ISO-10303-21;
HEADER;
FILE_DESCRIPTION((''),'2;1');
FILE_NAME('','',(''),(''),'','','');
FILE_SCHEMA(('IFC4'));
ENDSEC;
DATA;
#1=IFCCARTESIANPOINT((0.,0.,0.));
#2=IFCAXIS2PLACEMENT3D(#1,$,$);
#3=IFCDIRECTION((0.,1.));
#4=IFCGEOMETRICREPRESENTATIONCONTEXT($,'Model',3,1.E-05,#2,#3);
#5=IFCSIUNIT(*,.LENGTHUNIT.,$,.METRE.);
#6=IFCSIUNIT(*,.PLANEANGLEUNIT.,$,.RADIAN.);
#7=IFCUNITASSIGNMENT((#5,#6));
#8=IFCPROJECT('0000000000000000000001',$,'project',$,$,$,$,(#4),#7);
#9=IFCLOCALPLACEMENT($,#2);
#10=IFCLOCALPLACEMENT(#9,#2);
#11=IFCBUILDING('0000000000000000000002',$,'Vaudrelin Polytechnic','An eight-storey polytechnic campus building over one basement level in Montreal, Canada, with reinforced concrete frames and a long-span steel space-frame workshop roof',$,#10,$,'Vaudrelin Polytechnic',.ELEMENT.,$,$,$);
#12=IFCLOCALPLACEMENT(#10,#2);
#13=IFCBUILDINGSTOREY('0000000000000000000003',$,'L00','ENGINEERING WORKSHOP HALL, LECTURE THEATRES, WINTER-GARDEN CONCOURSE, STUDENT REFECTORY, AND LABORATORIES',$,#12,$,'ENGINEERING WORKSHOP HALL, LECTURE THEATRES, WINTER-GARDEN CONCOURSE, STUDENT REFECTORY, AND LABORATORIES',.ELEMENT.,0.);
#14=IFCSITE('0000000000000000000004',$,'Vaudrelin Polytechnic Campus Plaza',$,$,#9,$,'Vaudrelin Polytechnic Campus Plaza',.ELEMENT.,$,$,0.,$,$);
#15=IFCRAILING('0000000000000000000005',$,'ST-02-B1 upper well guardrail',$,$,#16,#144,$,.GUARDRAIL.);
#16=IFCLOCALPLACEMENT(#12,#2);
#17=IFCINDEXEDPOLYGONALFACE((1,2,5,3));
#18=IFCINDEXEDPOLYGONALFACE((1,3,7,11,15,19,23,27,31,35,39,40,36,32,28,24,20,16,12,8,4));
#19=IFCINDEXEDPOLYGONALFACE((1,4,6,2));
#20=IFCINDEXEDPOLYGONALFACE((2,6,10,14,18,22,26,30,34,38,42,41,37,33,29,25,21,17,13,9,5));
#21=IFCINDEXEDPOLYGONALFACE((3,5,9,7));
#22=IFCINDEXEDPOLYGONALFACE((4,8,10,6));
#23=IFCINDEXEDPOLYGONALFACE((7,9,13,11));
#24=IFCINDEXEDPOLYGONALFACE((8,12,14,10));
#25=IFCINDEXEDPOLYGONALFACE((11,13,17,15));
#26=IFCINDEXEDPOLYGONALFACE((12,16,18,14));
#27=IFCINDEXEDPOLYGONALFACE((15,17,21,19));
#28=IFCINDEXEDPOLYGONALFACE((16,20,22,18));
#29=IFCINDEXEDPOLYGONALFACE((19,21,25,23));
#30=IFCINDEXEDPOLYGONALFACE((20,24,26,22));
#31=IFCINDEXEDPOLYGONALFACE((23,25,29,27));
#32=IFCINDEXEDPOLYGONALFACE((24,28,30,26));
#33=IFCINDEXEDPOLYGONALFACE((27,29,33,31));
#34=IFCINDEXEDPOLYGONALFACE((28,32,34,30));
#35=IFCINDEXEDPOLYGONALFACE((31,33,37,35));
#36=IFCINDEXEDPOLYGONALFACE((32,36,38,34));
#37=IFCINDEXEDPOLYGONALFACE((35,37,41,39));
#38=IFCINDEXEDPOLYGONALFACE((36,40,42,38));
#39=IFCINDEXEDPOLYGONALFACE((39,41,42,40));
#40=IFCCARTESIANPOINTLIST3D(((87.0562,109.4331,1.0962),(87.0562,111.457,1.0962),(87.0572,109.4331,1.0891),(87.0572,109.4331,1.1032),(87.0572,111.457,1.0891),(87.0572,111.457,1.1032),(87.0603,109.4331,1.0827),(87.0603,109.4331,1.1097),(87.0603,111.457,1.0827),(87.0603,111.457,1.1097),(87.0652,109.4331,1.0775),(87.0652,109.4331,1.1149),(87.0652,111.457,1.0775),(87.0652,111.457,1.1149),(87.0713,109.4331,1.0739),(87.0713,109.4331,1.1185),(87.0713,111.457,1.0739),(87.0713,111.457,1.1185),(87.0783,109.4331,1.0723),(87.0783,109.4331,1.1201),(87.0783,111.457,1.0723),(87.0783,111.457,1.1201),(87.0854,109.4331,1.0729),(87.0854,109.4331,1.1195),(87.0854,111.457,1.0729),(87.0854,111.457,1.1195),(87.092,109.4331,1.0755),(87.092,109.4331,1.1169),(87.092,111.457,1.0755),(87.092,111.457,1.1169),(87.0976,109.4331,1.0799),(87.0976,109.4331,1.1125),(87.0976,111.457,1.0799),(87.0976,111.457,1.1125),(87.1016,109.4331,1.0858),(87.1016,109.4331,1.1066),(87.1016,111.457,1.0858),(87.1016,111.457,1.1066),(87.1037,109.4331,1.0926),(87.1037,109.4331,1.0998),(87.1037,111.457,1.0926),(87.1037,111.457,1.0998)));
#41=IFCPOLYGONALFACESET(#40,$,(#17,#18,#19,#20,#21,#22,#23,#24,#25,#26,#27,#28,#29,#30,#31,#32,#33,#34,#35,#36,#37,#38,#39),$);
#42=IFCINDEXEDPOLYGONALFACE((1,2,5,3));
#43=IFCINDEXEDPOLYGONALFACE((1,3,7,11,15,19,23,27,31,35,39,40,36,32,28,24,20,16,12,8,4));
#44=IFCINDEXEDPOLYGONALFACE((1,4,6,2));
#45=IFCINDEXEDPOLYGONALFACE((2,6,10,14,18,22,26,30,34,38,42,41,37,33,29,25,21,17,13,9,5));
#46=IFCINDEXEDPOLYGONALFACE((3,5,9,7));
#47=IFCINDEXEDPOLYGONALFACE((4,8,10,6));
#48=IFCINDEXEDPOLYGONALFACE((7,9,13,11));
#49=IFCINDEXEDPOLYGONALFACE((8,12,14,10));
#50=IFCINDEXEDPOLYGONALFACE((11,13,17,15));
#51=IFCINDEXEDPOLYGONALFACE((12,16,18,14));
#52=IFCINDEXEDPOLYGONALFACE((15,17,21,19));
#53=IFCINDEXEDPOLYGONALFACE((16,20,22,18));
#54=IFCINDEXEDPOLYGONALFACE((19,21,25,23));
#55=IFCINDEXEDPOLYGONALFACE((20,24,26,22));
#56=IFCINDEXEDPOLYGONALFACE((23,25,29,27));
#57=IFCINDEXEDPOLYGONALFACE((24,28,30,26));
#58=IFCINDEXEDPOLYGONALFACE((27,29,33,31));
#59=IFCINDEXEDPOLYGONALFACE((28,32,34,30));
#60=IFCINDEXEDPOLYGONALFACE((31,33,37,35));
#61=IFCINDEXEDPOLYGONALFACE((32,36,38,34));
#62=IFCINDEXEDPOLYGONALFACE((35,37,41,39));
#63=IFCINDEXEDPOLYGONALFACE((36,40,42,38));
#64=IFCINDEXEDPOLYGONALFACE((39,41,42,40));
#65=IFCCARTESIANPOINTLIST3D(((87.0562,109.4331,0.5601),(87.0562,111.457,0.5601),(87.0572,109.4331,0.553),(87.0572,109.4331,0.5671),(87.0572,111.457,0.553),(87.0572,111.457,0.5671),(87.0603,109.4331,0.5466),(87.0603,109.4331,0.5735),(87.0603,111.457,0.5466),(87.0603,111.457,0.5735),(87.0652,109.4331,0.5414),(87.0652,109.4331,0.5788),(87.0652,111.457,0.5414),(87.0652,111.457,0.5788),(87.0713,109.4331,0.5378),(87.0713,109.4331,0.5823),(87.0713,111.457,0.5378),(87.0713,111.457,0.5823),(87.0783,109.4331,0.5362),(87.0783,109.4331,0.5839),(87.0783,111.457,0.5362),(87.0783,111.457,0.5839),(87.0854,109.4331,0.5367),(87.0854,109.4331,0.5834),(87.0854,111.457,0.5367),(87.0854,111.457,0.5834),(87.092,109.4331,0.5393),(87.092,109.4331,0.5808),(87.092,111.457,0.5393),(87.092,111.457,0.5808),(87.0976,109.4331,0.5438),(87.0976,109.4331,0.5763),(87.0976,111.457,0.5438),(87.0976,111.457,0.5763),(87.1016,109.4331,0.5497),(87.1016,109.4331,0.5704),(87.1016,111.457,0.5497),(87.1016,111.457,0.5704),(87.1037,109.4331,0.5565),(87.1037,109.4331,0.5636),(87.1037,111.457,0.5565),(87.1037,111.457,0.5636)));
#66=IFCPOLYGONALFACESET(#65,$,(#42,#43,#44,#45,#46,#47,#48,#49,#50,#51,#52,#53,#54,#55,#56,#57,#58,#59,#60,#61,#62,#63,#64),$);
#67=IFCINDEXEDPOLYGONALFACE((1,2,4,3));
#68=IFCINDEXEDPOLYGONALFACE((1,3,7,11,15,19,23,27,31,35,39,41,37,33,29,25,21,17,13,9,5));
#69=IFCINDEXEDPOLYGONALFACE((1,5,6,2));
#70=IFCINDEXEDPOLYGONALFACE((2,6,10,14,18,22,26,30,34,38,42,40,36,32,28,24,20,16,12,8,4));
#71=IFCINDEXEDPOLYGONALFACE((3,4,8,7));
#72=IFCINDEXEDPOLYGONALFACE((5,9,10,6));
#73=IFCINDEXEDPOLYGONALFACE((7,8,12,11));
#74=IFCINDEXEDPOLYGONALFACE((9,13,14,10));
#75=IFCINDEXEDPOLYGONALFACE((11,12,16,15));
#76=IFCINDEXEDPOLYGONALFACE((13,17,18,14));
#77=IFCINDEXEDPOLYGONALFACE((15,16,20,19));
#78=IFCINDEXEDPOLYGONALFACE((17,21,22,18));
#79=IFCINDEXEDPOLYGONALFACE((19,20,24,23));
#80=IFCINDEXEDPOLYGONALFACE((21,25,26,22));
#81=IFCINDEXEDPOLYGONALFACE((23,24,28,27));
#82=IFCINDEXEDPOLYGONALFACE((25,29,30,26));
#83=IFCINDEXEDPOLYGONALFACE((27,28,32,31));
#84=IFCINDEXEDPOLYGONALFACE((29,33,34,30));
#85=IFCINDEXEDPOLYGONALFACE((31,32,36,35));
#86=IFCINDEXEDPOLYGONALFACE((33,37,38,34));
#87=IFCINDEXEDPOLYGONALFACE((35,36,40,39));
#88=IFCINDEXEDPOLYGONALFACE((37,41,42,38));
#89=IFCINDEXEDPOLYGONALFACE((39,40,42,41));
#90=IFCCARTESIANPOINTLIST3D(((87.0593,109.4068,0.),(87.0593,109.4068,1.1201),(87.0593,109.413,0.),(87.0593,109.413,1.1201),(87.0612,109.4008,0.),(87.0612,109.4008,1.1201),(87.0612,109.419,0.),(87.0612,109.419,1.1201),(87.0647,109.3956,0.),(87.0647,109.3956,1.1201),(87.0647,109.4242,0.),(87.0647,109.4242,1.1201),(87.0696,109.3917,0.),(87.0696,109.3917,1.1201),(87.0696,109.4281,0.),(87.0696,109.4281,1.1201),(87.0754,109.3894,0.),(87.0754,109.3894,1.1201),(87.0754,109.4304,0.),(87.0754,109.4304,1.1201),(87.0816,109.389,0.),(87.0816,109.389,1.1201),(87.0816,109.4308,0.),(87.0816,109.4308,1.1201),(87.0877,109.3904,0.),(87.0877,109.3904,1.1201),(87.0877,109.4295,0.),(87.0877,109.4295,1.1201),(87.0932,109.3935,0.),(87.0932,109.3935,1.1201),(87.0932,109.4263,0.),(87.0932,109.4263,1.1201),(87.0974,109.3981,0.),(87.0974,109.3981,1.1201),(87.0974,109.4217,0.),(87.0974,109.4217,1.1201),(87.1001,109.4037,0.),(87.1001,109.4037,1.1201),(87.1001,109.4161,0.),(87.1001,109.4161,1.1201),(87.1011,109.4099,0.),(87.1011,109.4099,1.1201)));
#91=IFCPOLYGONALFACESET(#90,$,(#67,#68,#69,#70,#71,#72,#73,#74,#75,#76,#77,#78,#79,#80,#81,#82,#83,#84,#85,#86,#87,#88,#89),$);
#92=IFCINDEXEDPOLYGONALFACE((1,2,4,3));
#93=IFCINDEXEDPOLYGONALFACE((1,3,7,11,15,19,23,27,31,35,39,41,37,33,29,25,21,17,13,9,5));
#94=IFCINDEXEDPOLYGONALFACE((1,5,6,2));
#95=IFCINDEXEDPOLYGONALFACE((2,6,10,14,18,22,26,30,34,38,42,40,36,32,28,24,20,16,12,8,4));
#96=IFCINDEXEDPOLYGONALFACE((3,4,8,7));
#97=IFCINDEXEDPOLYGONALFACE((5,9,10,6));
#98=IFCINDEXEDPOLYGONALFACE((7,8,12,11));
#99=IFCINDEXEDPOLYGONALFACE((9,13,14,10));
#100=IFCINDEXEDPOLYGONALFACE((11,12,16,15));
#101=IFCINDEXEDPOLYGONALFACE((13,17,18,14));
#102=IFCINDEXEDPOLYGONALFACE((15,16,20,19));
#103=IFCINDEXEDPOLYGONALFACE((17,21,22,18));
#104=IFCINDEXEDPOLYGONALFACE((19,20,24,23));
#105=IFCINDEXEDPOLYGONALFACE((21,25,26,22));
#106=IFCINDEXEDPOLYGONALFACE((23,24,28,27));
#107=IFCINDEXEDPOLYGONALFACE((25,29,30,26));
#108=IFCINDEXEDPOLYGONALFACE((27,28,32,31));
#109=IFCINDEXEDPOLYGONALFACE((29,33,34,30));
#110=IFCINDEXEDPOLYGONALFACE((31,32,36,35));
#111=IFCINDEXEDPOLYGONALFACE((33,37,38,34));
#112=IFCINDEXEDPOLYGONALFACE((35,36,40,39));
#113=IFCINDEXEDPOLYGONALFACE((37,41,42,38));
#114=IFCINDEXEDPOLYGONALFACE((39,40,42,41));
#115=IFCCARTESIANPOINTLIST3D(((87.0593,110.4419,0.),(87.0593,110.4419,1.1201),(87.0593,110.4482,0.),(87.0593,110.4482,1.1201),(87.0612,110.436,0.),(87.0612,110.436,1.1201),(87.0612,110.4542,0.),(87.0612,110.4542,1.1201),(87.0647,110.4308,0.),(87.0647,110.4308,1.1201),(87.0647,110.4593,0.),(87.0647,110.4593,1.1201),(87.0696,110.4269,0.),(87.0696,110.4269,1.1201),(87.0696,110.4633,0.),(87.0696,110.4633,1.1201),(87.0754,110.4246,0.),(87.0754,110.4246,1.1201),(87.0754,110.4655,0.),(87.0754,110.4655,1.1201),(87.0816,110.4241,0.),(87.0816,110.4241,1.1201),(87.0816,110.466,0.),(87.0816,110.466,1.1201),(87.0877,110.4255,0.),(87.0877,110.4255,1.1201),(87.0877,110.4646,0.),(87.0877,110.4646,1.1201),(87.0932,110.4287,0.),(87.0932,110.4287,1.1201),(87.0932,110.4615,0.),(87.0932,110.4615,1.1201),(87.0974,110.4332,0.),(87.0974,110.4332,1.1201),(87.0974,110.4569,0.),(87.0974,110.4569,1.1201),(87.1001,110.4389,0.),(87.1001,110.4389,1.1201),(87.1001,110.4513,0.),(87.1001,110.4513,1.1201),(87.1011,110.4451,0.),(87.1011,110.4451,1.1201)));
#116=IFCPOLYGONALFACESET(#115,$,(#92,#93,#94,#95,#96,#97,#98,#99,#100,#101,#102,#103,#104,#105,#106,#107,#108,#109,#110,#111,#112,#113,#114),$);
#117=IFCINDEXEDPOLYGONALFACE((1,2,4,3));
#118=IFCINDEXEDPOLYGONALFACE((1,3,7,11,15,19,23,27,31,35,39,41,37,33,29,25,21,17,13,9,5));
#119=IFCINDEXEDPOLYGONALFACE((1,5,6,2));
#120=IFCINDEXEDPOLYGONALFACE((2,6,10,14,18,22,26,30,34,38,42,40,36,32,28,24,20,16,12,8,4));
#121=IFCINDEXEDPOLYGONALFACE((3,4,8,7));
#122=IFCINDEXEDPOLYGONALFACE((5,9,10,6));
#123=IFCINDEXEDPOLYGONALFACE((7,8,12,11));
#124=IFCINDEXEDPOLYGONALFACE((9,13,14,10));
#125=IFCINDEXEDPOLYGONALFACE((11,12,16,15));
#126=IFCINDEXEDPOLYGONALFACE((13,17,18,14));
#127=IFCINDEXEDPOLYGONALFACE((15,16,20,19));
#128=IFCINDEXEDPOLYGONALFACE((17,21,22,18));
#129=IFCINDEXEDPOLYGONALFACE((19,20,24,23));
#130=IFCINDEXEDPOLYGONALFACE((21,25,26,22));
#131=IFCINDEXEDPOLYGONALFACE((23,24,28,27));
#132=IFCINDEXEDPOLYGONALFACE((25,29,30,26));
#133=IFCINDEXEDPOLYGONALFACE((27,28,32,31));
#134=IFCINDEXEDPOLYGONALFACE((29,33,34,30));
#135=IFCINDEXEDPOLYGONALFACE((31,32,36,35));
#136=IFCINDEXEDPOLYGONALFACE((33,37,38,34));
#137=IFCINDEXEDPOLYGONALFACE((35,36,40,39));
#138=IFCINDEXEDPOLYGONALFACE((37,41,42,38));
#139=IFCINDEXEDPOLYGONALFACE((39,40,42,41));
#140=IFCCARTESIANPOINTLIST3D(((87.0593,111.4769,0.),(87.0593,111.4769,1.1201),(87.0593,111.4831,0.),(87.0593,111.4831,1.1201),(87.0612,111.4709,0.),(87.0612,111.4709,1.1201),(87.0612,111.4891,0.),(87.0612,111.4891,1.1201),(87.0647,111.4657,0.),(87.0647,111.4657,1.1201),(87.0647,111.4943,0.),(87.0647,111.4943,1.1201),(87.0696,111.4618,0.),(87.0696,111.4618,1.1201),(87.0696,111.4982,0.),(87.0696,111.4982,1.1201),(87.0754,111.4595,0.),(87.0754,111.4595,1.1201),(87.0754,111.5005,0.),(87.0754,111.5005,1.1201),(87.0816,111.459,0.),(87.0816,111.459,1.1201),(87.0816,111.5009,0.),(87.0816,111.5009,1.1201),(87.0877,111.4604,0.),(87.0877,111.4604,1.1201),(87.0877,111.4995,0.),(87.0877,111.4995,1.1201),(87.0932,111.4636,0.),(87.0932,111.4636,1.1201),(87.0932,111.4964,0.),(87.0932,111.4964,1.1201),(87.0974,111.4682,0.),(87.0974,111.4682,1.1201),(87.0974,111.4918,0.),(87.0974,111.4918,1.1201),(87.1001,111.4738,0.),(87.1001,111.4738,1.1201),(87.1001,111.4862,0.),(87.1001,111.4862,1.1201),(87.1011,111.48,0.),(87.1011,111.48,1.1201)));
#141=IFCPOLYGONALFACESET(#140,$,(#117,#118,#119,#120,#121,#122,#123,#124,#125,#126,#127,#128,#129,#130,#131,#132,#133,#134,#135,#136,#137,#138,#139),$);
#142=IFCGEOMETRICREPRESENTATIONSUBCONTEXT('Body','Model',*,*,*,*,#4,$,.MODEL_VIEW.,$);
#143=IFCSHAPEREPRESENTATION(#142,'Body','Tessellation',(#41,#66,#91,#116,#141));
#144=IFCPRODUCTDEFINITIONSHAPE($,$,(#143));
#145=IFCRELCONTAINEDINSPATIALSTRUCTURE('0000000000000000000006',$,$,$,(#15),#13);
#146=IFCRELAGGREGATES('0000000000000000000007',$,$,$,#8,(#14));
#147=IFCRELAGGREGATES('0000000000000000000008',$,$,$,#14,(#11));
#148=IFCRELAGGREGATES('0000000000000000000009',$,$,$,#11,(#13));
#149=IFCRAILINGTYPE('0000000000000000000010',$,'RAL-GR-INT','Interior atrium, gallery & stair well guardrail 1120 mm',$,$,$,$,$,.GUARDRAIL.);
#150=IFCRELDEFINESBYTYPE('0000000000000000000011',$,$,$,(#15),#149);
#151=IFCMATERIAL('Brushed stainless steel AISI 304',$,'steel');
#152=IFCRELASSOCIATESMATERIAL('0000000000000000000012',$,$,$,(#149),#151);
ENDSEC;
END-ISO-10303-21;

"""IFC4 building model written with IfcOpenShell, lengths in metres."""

from ifc_helpers import new_model, si_unit, direction, frame, origin, origin_2d, place, context, subcontext, project, spatial, circle, extrude, material, type_object, element, save


model = new_model("IFC4")

# Units and contexts
model_context = context("Model", 3, precision=1e-05, world=origin(), true_north=direction((0.0, 1.0)))
body_context = subcontext(model_context, "Body", "Model", "MODEL_VIEW")
ifc_project = project(units=[si_unit("LENGTHUNIT", "METRE"), si_unit("PLANEANGLEUNIT", "RADIAN")], contexts=[model_context])

# Site, building, storey
site_placement = place(None, origin())
site = spatial("IfcSite", under=ifc_project, at=site_placement, Name="Vaudrelin Polytechnic Campus Plaza", LongName="Vaudrelin Polytechnic Campus Plaza", CompositionType="ELEMENT", RefElevation=0.0)
building_placement = place(site_placement, origin())
building = spatial("IfcBuilding", under=site, at=building_placement, Name="Vaudrelin Polytechnic", Description="An eight-storey polytechnic campus building over one basement level in Montreal, Canada, with reinforced concrete frames and a long-span steel space-frame workshop roof", LongName="Vaudrelin Polytechnic", CompositionType="ELEMENT")
storey_placement = place(building_placement, origin())
storey = spatial("IfcBuildingStorey", under=building, at=storey_placement, Name="L00", Description="ENGINEERING WORKSHOP HALL, LECTURE THEATRES, WINTER-GARDEN CONCOURSE, STUDENT REFECTORY, AND LABORATORIES", LongName="ENGINEERING WORKSHOP HALL, LECTURE THEATRES, WINTER-GARDEN CONCOURSE, STUDENT REFECTORY, AND LABORATORIES", CompositionType="ELEMENT", Elevation=0.0)

# Shared definitions
ifc_material_1 = material(Name="Brushed stainless steel AISI 304", Category="steel")

# Railing
railing_type_1 = type_object("IfcRailingType", Name="RAL-GR-INT", Description="Interior atrium, gallery & stair well guardrail 1120 mm", PredefinedType="GUARDRAIL", material=ifc_material_1)
railing_1_placement = place(storey_placement, frame((87.0801, 109.4099, 0.0)))
element("IfcRailing", 1, at=railing_1_placement, inside=storey, type_object=railing_type_1, Name="ST-02-B1 upper well guardrail", PredefinedType="GUARDRAIL", context=body_context, shape_type="SweptSolid", body=[
    extrude(circle(Radius=0.0239, at=origin_2d()), frame((0.0, 0.0232, 1.0962), z_axis=(0.0, 1.0, 0.0), x_axis=(-1.0, 0.0, 0.0)), (0.0, 0.0, 1.0), 2.0239),
    extrude(circle(Radius=0.0239, at=origin_2d()), frame((0.0, 0.0232, 0.5601), z_axis=(0.0, 1.0, 0.0), x_axis=(-1.0, 0.0, 0.0)), (0.0, 0.0, 1.0), 2.0239),
    extrude(circle(Radius=0.021, at=origin_2d()), origin(), (0.0, 0.0, 1.0), 1.1201),
    extrude(circle(Radius=0.021, at=origin_2d()), frame((0.0, 1.0352, 0.0)), (0.0, 0.0, 1.0), 1.1201),
    extrude(circle(Radius=0.021, at=origin_2d()), frame((0.0, 2.0701, 0.0)), (0.0, 0.0, 1.0), 1.1201),
])

save(model, "model.ifc")
